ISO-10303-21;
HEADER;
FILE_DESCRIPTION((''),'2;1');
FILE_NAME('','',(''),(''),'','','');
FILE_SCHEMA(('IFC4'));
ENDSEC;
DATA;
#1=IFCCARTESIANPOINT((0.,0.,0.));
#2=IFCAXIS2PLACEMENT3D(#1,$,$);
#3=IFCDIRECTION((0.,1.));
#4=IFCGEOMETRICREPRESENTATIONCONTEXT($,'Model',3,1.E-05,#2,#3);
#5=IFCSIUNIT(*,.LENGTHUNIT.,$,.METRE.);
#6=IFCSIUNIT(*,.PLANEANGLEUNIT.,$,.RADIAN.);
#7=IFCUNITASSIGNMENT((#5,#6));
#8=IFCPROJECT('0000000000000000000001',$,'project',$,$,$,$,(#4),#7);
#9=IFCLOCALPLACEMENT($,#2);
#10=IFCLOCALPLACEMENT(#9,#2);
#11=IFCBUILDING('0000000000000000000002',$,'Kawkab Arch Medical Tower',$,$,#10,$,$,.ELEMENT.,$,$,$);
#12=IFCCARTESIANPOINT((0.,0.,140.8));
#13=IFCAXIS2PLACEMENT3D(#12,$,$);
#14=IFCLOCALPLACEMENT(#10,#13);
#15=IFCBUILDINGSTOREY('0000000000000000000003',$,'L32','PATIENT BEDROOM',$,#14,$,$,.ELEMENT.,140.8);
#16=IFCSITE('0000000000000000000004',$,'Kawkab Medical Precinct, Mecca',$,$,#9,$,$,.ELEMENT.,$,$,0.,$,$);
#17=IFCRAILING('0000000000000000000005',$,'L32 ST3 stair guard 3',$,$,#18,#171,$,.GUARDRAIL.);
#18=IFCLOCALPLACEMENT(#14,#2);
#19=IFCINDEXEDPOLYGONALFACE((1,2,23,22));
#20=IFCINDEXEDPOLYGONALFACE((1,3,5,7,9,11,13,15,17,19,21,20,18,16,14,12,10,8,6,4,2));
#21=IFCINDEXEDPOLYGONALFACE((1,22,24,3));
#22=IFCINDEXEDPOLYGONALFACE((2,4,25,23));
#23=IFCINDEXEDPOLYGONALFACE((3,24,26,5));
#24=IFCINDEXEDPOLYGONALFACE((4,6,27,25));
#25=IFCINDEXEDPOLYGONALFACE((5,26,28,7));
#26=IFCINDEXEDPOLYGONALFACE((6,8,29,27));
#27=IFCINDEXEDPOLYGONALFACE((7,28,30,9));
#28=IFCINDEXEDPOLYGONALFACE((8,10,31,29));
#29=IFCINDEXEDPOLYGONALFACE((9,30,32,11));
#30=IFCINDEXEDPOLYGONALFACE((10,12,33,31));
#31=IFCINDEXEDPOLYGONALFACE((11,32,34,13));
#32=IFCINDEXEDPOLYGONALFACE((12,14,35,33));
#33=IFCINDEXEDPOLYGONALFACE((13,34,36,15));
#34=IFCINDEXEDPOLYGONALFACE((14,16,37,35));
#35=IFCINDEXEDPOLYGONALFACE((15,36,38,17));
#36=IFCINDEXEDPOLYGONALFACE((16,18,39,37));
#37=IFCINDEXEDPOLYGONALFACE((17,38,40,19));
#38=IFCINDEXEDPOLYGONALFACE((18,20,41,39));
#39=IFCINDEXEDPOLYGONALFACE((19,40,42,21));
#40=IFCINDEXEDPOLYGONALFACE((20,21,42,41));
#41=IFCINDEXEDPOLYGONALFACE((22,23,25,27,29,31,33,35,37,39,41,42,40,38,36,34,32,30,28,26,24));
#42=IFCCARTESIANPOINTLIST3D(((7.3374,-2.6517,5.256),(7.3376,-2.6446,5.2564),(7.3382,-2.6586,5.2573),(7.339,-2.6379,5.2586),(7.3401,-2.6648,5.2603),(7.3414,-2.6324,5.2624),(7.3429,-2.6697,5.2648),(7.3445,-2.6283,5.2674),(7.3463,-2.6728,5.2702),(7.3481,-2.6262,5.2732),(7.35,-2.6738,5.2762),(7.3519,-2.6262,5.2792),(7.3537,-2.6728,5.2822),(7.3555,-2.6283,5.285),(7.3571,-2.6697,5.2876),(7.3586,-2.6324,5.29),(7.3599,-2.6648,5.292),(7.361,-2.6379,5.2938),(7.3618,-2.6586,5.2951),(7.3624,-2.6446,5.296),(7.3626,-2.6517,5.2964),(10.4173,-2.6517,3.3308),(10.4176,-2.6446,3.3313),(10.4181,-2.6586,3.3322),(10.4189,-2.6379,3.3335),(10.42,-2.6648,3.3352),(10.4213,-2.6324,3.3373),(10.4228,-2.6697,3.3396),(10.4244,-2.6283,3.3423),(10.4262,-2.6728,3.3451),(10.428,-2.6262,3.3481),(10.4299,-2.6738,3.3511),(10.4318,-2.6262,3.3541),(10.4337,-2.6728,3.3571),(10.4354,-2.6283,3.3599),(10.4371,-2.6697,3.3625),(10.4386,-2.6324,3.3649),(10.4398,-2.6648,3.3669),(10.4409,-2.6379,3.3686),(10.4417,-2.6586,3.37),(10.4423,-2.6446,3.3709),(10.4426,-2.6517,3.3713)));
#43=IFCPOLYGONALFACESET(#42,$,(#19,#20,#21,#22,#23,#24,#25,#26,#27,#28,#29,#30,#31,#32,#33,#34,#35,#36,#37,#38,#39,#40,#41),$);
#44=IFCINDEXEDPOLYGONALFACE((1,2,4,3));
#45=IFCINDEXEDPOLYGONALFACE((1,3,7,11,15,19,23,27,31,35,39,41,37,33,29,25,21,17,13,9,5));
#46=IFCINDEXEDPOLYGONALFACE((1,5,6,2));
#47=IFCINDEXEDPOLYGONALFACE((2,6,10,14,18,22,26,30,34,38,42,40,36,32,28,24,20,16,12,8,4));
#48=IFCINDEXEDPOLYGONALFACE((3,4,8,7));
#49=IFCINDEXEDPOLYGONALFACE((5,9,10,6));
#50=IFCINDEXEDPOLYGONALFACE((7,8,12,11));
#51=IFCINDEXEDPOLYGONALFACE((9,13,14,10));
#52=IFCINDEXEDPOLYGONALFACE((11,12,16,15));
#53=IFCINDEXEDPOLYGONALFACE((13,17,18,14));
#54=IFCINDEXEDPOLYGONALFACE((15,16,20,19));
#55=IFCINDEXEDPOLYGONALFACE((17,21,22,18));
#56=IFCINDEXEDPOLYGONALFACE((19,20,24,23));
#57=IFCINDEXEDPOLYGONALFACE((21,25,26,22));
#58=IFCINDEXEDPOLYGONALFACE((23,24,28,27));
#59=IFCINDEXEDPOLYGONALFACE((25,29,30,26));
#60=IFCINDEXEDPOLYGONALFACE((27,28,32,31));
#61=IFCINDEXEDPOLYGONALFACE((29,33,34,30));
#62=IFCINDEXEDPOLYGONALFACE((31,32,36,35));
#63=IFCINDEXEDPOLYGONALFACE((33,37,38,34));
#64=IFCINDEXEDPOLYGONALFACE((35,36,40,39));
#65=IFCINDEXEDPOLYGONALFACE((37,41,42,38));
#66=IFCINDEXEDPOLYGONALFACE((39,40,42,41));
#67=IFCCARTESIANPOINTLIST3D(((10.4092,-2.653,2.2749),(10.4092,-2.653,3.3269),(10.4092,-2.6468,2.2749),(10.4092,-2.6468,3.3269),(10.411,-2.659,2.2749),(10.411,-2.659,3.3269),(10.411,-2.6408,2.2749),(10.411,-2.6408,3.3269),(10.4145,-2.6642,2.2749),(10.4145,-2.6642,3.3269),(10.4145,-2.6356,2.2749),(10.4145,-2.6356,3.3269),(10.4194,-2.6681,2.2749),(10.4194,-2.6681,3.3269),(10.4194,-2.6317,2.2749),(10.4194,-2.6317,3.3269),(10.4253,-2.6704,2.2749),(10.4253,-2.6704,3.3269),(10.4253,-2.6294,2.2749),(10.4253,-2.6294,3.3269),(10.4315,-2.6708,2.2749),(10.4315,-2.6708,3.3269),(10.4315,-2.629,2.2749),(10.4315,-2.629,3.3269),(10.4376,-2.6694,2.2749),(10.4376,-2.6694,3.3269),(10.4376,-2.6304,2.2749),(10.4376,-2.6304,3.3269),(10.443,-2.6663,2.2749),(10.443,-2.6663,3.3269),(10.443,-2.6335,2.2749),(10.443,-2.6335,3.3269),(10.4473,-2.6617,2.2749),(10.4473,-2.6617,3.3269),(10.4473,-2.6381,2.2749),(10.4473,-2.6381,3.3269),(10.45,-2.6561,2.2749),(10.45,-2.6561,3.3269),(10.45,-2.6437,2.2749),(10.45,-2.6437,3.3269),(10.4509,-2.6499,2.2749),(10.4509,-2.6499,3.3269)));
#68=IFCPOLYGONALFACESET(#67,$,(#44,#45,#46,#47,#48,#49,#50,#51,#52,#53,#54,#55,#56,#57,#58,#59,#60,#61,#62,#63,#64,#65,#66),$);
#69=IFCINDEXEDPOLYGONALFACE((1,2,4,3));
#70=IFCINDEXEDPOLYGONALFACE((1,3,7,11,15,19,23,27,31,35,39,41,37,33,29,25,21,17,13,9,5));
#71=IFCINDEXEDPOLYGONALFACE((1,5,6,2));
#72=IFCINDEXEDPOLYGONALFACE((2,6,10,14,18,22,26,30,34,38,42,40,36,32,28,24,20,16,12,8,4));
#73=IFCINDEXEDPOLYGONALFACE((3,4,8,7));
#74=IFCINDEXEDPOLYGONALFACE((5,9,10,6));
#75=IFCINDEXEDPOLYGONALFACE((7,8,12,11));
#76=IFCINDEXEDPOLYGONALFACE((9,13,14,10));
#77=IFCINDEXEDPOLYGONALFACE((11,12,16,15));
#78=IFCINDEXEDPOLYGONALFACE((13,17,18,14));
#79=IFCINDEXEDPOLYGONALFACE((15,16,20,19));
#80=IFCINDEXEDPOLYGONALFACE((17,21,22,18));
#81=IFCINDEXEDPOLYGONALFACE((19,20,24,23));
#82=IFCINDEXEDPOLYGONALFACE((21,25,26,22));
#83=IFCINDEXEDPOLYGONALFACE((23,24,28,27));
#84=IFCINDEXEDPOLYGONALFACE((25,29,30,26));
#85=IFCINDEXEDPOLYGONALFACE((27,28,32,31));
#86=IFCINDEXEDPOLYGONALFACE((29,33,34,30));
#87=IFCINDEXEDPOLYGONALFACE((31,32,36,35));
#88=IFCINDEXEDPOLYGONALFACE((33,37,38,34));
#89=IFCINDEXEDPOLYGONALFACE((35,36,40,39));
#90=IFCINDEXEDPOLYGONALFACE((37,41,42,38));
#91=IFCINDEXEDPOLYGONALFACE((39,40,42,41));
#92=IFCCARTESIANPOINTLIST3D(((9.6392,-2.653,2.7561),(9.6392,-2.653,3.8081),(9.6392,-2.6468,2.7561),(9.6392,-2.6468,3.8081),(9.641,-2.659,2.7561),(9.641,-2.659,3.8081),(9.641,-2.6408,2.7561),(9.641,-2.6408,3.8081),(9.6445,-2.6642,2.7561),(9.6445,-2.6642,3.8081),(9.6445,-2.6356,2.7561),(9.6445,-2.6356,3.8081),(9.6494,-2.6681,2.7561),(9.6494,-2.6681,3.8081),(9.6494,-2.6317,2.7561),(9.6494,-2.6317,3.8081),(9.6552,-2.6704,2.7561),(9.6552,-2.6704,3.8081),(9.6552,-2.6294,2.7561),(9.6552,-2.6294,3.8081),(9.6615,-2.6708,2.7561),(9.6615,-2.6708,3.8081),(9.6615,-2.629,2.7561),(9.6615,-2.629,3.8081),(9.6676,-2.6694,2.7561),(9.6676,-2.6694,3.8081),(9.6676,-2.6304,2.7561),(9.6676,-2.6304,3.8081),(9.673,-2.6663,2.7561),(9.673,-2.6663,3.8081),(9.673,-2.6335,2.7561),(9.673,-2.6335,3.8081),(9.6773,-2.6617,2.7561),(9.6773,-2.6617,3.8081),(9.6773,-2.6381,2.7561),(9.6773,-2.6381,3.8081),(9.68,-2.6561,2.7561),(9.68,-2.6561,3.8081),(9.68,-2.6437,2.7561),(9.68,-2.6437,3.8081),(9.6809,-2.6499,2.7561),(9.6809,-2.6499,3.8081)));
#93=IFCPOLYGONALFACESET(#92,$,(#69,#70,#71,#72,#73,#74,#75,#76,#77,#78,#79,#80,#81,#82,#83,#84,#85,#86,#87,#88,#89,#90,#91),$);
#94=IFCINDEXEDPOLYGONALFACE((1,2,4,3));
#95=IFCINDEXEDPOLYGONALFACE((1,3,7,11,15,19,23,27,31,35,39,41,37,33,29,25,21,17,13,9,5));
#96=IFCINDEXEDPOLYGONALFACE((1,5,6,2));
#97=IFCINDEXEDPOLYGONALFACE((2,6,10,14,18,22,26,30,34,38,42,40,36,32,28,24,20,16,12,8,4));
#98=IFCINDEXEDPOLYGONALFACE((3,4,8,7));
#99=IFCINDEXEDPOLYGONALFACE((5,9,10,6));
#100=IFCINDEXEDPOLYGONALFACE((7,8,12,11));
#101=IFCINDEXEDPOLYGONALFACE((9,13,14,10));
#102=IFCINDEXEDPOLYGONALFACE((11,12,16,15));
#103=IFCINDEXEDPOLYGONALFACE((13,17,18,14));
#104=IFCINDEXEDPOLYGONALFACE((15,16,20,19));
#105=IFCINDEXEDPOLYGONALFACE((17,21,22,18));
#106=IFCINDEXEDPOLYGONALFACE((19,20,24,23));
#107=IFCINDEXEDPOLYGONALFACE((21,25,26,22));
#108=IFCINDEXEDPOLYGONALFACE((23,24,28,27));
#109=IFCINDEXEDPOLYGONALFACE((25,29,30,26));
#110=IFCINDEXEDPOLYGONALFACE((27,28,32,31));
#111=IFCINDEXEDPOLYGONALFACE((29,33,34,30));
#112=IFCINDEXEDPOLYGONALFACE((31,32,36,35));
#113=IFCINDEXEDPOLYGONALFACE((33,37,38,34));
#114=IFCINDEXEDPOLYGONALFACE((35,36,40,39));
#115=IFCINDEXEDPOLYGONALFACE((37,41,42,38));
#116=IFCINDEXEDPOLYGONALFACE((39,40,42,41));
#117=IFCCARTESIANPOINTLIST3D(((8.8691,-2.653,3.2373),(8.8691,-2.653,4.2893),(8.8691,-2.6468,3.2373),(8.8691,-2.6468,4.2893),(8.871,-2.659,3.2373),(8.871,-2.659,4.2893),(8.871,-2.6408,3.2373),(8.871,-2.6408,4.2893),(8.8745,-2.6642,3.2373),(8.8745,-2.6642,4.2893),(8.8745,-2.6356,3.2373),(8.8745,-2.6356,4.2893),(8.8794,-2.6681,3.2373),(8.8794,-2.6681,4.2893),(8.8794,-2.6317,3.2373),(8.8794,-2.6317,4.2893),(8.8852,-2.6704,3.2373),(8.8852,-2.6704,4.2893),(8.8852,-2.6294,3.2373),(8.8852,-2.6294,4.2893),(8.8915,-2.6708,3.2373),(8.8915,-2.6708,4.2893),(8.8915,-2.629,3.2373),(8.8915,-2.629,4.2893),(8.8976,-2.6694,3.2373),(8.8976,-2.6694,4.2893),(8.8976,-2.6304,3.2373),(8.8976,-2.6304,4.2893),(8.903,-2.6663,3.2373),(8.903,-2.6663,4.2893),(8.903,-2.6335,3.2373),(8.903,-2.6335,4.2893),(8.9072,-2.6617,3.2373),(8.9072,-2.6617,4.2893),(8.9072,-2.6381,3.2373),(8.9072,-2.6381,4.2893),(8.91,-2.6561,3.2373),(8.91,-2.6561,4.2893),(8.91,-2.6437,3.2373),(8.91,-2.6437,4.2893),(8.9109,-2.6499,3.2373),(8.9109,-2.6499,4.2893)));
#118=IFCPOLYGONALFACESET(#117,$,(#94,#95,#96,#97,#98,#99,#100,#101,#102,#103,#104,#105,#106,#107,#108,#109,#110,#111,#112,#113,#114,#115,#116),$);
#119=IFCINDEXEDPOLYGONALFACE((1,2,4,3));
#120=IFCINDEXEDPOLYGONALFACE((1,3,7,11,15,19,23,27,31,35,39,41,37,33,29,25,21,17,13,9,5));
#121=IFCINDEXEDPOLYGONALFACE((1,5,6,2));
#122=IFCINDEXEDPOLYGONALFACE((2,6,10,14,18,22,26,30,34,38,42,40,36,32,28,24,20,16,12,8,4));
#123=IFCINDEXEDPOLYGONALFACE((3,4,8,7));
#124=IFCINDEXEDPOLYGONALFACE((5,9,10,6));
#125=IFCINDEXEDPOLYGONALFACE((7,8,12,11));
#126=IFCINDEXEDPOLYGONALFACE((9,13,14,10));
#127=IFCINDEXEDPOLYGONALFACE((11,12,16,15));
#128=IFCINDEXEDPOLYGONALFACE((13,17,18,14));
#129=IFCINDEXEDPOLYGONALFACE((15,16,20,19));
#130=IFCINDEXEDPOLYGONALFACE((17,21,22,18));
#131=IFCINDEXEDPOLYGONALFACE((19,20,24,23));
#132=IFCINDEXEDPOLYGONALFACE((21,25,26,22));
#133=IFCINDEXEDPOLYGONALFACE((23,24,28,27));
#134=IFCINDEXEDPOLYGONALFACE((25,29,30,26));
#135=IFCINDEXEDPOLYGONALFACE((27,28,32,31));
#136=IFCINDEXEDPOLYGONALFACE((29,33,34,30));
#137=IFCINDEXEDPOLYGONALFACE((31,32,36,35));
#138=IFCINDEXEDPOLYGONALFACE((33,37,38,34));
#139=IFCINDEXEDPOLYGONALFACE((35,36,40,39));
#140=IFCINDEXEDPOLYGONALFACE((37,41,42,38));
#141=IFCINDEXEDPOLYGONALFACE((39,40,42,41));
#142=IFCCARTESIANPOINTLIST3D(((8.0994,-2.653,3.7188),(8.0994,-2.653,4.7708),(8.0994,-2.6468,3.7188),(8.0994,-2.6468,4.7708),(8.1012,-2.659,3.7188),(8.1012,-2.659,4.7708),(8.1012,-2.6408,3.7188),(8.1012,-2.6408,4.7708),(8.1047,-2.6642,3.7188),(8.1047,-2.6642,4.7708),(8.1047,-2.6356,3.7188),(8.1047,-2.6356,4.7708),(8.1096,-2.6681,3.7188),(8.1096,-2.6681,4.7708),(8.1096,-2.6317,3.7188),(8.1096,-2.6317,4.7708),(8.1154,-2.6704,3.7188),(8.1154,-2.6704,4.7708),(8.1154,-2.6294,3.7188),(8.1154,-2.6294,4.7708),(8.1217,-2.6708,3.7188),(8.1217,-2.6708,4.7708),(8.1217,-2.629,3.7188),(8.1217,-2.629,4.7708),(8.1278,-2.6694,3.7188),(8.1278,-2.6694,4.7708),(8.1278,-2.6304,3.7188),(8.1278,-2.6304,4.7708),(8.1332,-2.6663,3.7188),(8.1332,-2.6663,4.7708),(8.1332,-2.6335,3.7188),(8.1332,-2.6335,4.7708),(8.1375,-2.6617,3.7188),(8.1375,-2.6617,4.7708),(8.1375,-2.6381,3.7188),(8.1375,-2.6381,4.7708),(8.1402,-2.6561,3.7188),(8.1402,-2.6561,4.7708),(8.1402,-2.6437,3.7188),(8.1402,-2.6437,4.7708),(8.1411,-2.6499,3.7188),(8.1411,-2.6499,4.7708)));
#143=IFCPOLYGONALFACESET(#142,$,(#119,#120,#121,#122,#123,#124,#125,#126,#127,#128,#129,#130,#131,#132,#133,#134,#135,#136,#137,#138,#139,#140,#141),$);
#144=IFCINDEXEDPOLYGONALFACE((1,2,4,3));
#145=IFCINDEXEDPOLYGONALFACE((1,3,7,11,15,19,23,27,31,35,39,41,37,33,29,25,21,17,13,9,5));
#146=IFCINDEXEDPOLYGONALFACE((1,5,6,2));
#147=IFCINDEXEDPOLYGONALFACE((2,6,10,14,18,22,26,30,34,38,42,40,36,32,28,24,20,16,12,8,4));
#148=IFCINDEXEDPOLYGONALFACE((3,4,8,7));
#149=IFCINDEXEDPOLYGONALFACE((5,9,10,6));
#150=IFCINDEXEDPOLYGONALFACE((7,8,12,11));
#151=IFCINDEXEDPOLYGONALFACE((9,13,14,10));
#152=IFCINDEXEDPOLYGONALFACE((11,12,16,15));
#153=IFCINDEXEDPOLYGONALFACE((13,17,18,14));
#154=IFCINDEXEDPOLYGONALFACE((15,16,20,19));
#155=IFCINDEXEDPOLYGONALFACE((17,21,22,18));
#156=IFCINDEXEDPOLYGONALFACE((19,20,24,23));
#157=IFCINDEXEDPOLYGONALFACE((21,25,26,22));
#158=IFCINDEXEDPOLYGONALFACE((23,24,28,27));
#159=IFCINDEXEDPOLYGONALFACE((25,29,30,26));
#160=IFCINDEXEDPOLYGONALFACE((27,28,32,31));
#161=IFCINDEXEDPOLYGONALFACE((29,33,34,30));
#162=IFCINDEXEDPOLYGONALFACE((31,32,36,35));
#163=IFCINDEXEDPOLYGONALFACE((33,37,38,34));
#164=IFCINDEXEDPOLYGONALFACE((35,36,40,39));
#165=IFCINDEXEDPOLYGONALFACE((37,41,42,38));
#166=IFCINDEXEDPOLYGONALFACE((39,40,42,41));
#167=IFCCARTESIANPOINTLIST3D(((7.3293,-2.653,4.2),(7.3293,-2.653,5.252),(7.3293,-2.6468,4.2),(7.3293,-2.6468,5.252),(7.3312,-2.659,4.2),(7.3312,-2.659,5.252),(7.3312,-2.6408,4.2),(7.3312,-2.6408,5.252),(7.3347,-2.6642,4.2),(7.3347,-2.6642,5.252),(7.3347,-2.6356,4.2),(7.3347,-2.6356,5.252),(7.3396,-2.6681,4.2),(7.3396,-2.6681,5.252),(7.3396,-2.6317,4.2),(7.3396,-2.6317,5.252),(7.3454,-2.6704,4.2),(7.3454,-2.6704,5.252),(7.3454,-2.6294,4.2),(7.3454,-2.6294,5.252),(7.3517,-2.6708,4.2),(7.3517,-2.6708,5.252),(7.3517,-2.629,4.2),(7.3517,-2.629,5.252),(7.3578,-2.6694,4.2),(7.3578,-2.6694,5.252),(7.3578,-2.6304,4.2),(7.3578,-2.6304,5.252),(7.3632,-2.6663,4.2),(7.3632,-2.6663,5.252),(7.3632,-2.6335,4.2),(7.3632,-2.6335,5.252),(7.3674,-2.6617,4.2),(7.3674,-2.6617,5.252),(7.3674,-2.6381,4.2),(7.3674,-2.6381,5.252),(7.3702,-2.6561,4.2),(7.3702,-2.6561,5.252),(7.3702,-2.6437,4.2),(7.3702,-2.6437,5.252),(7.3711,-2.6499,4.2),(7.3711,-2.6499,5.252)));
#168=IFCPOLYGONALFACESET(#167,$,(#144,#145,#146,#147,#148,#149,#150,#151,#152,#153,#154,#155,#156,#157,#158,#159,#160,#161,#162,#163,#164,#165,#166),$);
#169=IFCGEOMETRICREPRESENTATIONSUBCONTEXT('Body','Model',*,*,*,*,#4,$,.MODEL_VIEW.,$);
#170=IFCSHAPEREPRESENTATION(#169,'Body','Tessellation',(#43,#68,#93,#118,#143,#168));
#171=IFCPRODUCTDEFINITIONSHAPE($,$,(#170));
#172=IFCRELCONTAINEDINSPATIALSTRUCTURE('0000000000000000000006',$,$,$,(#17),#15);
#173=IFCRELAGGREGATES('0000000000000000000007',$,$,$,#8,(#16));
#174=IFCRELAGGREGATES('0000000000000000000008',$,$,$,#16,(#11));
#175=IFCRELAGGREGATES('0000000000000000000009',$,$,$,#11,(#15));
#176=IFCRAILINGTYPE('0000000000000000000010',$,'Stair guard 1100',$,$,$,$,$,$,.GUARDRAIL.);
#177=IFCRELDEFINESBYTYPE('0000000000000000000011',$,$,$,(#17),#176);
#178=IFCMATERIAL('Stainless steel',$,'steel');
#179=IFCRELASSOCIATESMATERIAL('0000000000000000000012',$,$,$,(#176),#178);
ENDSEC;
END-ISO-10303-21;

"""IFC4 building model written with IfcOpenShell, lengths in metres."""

from ifc_helpers import new_model, si_unit, direction, frame, origin, origin_2d, place, context, subcontext, project, spatial, circle, extrude, material, type_object, element, save


model = new_model("IFC4")

# Units and contexts
model_context = context("Model", 3, precision=1e-05, world=origin(), true_north=direction((0.0, 1.0)))
body_context = subcontext(model_context, "Body", "Model", "MODEL_VIEW")
ifc_project = project(units=[si_unit("LENGTHUNIT", "METRE"), si_unit("PLANEANGLEUNIT", "RADIAN")], contexts=[model_context])

# Site, building, storey
site_placement = place(None, origin())
site = spatial("IfcSite", under=ifc_project, at=site_placement, Name="Kawkab Medical Precinct, Mecca", CompositionType="ELEMENT", RefElevation=0.0)
building_placement = place(site_placement, origin())
building = spatial("IfcBuilding", under=site, at=building_placement, Name="Kawkab Arch Medical Tower", CompositionType="ELEMENT")
storey_placement = place(building_placement, frame((0.0, 0.0, 140.8)))
storey = spatial("IfcBuildingStorey", under=building, at=storey_placement, Name="L32", Description="PATIENT BEDROOM", CompositionType="ELEMENT", Elevation=140.8)

# Railing
ifc_material_1 = material(Name="Stainless steel", Category="steel")
railing_type_1 = type_object("IfcRailingType", Name="Stair guard 1100", PredefinedType="GUARDRAIL", material=ifc_material_1)
railing_1_placement = place(storey_placement, frame((10.4299, -2.6499, 2.2749)))
element("IfcRailing", 1, at=railing_1_placement, inside=storey, type_object=railing_type_1, Name="L32 ST3 stair guard 3", PredefinedType="GUARDRAIL", context=body_context, shape_type="SweptSolid", body=[
    extrude(circle(Radius=0.0239, at=origin_2d()), frame((0.0, 0.0, 1.0762), z_axis=(-0.847979, 0.0, 0.530029), x_axis=(0.0, -1.0, 0.0)), (0.0, 0.0, 1.0), 3.6321),
    extrude(circle(Radius=0.021, at=origin_2d()), origin(), (0.0, 0.0, 1.0), 1.052),
    extrude(circle(Radius=0.021, at=origin_2d()), frame((-0.77, 0.0, 0.4812)), (0.0, 0.0, 1.0), 1.052),
    extrude(circle(Radius=0.021, at=origin_2d()), frame((-1.54, 0.0, 0.9624)), (0.0, 0.0, 1.0), 1.052),
    extrude(circle(Radius=0.021, at=origin_2d()), frame((-2.3098, 0.0, 1.4438)), (0.0, 0.0, 1.0), 1.052),
    extrude(circle(Radius=0.021, at=origin_2d()), frame((-3.0798, 0.0, 1.925)), (0.0, 0.0, 1.0), 1.052),
])

save(model, "model.ifc")
